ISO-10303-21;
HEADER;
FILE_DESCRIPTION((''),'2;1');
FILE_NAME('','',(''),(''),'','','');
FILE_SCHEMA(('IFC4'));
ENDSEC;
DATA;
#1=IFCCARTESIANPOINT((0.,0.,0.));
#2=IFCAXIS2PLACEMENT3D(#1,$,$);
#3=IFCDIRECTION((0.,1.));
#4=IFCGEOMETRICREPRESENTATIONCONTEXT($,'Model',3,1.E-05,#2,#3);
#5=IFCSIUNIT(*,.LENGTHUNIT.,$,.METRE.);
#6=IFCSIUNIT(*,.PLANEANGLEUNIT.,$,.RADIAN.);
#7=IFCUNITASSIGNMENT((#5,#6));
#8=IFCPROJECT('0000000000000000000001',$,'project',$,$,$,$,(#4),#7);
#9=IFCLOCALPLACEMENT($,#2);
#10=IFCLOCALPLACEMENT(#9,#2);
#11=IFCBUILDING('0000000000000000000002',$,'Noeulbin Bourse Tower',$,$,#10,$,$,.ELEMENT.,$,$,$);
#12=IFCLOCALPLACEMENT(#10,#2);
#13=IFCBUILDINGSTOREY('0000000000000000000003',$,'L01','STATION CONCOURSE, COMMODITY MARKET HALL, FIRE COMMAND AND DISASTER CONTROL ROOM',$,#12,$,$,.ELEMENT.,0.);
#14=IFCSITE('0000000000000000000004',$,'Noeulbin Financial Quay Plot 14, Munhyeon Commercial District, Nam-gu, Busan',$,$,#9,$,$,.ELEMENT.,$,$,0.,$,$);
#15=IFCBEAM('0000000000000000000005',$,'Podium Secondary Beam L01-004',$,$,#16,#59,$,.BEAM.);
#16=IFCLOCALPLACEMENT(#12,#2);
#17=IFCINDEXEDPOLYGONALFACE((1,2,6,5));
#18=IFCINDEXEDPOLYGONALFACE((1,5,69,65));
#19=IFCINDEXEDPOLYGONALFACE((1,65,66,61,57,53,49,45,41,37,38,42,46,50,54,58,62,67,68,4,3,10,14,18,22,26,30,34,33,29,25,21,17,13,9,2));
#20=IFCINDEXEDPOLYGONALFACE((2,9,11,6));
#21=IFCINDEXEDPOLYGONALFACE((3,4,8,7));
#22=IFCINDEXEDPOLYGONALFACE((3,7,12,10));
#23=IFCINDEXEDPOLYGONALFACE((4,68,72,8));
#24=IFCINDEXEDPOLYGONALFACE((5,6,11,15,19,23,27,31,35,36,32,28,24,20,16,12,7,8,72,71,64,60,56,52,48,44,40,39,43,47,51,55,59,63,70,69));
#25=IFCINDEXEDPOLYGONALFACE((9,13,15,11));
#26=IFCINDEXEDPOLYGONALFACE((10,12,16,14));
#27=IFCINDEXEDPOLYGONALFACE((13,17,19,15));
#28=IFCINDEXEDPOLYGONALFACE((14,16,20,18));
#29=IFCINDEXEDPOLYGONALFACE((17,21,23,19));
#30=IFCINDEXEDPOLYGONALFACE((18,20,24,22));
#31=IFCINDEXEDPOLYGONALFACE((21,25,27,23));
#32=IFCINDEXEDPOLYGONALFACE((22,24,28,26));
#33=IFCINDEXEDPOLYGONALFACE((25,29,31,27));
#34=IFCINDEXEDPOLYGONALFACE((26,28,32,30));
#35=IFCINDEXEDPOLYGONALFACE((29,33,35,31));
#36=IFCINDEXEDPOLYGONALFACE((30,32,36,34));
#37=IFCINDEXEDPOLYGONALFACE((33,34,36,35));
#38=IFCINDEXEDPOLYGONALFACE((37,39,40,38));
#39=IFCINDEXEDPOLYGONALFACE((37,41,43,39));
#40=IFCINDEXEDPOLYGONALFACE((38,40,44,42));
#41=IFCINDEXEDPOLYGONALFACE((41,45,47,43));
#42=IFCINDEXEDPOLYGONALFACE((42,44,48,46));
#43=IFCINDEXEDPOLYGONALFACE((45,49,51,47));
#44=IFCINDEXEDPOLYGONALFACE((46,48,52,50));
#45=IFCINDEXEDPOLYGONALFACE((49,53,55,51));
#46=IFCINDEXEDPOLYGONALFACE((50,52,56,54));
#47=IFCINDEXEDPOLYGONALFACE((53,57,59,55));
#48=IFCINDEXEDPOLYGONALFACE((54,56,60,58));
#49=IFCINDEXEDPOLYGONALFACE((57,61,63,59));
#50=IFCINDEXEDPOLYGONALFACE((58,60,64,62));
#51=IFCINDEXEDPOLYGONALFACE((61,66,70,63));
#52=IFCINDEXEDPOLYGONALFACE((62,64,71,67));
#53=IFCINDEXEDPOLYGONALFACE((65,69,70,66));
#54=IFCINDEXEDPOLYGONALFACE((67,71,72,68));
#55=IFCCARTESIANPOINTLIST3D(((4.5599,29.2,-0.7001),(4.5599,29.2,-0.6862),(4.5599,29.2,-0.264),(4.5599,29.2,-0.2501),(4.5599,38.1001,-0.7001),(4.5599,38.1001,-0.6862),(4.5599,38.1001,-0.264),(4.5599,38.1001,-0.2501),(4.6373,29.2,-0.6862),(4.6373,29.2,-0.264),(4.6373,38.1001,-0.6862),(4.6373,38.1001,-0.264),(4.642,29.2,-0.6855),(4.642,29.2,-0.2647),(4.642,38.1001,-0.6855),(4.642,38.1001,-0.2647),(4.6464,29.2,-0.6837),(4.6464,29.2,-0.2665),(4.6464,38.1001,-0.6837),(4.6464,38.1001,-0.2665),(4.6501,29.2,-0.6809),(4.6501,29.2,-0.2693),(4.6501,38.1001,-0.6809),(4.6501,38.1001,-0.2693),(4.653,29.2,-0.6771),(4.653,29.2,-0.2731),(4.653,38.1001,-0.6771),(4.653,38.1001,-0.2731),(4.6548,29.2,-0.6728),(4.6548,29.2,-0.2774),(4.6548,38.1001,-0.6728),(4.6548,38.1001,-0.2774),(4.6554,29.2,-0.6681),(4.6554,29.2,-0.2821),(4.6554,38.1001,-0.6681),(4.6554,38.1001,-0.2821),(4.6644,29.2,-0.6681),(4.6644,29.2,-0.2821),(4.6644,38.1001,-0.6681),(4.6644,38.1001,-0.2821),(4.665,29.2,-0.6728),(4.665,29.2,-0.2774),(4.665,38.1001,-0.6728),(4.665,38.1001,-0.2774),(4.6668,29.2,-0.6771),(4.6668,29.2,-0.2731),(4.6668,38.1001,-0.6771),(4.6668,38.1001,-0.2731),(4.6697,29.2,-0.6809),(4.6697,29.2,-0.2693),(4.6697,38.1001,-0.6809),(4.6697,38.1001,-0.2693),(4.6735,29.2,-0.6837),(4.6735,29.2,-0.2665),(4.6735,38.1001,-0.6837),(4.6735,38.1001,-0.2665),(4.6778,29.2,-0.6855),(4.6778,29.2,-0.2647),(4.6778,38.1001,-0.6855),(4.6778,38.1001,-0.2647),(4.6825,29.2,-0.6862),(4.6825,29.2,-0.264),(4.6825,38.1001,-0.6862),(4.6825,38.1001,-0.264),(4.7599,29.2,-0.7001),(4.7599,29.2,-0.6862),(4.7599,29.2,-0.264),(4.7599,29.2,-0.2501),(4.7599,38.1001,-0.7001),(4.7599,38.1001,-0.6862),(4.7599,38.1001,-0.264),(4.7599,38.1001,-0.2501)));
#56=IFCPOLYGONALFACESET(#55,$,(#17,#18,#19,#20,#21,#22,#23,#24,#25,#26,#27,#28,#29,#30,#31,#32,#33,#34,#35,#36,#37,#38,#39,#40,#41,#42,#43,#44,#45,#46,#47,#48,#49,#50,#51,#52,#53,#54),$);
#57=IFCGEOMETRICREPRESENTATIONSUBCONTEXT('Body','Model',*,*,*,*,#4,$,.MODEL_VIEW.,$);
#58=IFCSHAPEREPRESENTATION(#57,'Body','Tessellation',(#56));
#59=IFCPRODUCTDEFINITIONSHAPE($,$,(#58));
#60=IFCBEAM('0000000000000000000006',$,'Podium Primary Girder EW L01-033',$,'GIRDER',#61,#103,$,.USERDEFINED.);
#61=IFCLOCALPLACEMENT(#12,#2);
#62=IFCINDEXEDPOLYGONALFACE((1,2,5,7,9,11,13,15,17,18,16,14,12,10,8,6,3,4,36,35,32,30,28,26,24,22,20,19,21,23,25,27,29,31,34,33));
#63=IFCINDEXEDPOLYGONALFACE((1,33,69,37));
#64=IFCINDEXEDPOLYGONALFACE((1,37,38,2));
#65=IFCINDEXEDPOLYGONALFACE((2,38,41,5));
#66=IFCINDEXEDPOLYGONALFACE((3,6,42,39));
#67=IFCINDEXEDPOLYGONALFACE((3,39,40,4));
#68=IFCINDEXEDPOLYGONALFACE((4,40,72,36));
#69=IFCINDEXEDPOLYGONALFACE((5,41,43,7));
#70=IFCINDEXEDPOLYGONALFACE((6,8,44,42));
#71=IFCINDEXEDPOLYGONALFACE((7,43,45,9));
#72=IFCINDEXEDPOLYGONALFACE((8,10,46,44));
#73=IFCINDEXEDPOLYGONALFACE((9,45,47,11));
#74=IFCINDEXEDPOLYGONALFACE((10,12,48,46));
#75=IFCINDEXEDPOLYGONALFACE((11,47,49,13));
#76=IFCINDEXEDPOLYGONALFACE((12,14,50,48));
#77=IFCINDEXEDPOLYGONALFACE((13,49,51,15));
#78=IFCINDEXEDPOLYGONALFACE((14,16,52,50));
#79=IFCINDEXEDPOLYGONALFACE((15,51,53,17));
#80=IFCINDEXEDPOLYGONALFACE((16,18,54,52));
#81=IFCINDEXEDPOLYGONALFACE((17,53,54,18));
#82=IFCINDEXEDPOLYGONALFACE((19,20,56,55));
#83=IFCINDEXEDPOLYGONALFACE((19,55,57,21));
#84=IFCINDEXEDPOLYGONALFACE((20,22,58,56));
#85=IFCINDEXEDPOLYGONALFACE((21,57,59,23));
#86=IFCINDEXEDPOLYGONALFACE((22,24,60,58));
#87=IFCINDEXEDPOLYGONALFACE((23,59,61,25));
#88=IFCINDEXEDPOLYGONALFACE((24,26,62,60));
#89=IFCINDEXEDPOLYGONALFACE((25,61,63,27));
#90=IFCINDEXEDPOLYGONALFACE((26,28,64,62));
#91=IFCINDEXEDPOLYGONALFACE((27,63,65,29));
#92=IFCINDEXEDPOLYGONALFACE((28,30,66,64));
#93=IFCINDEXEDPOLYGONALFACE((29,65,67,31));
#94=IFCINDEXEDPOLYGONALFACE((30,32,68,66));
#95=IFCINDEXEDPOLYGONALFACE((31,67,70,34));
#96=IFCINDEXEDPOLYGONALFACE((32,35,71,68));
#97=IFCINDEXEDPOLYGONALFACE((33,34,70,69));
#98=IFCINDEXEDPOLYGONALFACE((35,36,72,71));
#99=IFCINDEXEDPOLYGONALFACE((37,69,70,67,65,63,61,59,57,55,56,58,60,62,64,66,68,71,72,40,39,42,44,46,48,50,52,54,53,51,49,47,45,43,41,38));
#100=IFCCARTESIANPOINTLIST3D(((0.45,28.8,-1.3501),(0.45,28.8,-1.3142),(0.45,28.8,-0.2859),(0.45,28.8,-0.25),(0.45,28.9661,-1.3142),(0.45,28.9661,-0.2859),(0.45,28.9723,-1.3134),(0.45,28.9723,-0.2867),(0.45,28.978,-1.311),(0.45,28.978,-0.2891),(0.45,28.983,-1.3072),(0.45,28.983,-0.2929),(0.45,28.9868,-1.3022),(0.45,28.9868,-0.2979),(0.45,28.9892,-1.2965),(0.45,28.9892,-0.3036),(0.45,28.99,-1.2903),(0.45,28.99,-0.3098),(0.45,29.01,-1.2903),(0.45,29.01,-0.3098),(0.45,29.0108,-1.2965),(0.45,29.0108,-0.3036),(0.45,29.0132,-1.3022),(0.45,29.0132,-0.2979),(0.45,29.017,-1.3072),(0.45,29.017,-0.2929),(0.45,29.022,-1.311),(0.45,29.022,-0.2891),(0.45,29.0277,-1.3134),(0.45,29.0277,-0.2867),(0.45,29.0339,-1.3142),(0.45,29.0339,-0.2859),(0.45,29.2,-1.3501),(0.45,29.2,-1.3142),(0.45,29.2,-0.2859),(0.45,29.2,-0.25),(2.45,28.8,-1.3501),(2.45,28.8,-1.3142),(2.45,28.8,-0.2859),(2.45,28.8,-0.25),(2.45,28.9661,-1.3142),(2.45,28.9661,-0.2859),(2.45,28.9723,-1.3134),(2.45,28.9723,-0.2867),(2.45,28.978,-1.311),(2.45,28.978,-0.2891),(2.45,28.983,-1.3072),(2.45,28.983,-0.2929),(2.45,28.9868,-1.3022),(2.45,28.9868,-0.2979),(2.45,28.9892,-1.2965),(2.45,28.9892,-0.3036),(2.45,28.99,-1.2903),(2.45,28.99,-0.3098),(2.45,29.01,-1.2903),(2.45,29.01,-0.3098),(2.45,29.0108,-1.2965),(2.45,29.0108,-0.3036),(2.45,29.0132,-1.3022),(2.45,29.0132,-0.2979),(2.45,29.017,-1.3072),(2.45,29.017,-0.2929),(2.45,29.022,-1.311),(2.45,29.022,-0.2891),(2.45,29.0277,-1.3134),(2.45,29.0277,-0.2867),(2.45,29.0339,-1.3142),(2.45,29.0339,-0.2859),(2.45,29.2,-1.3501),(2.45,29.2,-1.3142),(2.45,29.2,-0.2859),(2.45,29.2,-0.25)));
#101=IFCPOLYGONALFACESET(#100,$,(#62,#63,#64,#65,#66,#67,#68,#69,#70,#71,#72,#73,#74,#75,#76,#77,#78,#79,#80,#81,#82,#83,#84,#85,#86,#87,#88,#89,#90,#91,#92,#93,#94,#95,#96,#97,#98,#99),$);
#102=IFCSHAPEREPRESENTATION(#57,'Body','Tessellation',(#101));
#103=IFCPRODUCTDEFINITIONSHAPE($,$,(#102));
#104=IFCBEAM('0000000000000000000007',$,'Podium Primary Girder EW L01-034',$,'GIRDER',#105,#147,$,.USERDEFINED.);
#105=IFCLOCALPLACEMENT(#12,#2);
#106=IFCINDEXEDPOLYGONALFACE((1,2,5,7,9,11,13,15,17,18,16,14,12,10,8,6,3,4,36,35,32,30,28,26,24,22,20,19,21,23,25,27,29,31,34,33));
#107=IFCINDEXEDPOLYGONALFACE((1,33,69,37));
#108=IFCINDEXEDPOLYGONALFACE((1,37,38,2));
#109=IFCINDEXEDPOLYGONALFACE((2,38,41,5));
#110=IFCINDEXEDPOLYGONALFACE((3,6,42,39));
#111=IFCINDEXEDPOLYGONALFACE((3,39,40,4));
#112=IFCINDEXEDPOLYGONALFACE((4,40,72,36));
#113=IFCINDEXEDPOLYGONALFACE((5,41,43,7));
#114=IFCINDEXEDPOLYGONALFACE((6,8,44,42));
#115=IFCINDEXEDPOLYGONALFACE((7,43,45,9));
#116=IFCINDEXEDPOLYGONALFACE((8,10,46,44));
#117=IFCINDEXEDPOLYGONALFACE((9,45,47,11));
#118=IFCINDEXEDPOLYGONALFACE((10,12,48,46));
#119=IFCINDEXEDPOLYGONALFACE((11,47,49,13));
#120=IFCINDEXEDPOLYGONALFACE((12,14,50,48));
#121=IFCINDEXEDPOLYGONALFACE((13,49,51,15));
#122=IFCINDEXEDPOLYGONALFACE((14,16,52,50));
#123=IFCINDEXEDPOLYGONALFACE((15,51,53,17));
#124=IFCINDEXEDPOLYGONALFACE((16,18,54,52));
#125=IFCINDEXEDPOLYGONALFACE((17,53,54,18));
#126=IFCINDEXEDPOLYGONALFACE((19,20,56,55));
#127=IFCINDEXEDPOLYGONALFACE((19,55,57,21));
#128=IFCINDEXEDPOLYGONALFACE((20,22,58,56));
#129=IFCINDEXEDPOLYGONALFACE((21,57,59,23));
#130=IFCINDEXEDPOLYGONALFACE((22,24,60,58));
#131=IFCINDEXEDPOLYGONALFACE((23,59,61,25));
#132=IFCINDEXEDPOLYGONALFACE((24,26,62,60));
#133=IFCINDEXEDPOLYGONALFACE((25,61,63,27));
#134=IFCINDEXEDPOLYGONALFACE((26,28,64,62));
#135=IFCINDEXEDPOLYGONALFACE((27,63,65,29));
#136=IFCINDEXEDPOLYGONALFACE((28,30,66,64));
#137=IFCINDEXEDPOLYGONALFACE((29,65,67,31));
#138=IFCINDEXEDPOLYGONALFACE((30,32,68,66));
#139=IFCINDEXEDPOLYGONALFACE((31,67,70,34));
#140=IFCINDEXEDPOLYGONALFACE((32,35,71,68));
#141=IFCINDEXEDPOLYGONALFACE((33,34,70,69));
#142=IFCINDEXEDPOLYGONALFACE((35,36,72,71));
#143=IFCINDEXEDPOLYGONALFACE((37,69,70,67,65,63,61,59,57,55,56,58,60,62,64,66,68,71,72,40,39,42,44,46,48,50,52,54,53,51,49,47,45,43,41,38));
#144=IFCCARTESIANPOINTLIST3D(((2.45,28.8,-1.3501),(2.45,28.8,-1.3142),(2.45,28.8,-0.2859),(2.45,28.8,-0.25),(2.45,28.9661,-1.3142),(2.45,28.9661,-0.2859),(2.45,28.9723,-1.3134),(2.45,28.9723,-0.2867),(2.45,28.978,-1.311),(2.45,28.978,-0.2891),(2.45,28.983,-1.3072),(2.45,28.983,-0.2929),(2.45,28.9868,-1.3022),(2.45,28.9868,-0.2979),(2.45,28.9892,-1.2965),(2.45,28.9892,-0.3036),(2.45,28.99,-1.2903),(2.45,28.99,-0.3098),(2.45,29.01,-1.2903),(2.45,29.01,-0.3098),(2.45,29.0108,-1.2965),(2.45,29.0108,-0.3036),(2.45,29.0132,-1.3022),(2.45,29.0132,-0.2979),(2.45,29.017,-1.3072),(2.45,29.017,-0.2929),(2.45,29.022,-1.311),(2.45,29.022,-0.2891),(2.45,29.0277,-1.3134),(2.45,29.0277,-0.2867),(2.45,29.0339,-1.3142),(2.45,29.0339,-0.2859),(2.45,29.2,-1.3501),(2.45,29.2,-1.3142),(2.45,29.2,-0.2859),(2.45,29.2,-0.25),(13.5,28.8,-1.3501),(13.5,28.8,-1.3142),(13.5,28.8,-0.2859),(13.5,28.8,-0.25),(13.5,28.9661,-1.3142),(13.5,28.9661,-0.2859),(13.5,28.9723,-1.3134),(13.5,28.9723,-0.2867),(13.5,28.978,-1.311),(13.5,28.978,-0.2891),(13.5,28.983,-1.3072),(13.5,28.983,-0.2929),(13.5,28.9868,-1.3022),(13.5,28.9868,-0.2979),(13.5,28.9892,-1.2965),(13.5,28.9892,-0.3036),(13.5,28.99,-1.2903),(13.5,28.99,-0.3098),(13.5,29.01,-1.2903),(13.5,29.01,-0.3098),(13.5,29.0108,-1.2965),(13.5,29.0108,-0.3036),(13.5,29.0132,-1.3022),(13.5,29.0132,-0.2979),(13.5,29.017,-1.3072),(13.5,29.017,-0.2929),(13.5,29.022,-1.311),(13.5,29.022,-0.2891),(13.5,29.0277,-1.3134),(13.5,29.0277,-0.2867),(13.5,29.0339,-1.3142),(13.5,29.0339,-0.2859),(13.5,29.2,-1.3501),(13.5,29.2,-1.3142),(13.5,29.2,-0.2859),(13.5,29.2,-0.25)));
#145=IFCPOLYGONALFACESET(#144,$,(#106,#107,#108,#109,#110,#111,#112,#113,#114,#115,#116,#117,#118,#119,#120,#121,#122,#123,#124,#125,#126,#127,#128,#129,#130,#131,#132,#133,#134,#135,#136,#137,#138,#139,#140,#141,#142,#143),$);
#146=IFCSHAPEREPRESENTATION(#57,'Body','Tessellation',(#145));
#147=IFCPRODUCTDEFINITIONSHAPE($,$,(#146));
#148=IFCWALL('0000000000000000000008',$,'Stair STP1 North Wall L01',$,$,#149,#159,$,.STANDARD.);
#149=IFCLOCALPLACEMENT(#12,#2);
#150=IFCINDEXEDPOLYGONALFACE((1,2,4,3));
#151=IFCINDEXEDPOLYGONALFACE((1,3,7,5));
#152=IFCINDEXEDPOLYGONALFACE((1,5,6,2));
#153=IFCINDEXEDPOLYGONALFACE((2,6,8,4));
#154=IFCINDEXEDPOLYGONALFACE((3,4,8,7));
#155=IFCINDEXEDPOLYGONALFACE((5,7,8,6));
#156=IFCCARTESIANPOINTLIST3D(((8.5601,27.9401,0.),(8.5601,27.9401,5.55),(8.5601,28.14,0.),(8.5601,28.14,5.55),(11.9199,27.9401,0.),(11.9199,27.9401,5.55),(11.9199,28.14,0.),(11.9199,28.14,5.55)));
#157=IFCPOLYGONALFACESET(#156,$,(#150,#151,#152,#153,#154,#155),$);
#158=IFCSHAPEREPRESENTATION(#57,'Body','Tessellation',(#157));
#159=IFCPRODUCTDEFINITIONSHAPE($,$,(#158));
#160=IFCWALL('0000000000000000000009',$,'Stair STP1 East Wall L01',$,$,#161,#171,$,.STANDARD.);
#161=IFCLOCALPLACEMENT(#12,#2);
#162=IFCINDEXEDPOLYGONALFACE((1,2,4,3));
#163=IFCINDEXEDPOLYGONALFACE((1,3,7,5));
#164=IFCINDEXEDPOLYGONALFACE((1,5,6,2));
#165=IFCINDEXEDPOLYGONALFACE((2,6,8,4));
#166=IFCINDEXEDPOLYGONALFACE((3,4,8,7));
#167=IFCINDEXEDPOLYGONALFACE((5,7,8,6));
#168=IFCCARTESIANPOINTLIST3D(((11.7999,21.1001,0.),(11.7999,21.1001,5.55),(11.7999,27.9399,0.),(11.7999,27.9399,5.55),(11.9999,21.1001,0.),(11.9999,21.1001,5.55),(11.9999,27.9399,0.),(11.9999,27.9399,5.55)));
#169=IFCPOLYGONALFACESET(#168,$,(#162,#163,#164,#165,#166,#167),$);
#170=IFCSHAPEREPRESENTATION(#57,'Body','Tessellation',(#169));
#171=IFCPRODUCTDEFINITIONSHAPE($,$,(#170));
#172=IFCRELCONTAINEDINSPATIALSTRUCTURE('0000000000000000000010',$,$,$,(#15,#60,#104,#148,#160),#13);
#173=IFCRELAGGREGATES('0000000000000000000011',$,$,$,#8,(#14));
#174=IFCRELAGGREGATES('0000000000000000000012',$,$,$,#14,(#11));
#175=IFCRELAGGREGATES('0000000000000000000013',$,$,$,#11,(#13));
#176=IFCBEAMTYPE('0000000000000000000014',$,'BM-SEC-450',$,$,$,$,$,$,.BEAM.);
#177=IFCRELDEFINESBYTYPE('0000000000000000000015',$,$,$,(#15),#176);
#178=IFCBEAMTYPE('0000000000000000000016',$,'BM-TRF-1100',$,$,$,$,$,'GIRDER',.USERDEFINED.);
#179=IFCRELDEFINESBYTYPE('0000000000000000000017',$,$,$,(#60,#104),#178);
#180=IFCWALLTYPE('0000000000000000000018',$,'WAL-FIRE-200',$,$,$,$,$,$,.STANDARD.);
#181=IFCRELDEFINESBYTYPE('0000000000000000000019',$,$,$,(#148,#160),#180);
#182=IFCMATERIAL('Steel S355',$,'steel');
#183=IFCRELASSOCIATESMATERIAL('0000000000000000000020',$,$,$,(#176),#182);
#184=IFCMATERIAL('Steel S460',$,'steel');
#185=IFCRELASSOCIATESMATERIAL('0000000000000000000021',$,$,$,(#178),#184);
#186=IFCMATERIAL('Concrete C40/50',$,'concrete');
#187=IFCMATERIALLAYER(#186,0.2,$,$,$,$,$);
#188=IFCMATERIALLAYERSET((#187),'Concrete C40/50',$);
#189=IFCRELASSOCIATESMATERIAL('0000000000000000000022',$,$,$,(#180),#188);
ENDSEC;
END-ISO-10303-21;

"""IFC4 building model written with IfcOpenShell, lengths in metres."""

from ifc_helpers import new_model, si_unit, direction, frame, frame_2d, origin, origin_2d, place, context, subcontext, project, spatial, rectangle, i_section, extrude, material, layer, layer_set, material_profile, profile_set, type_object, element, save


model = new_model("IFC4")

# Units and contexts
model_context = context("Model", 3, precision=1e-05, world=origin(), true_north=direction((0.0, 1.0)))
body_context = subcontext(model_context, "Body", "Model", "MODEL_VIEW")
ifc_project = project(units=[si_unit("LENGTHUNIT", "METRE"), si_unit("PLANEANGLEUNIT", "RADIAN")], contexts=[model_context])

# Site, building, storey
site_placement = place(None, origin())
site = spatial("IfcSite", under=ifc_project, at=site_placement, Name="Noeulbin Financial Quay Plot 14, Munhyeon Commercial District, Nam-gu, Busan", CompositionType="ELEMENT", RefElevation=0.0)
building_placement = place(site_placement, origin())
building = spatial("IfcBuilding", under=site, at=building_placement, Name="Noeulbin Bourse Tower", CompositionType="ELEMENT")
storey_placement = place(building_placement, origin())
storey = spatial("IfcBuildingStorey", under=building, at=storey_placement, Name="L01", Description="STATION CONCOURSE, COMMODITY MARKET HALL, FIRE COMMAND AND DISASTER CONTROL ROOM", CompositionType="ELEMENT", Elevation=0.0)

# Beams
ifc_material_1 = material(Name="Steel S355", Category="steel")
ifc_material_profile_1 = material_profile(ifc_material_1, i_section(OverallWidth=0.2, OverallDepth=0.45, WebThickness=0.009, FlangeThickness=0.0139, FilletRadius=0.0181, at=origin_2d()), Name="H-450x200x9x14", Category="LoadBearing")
ifc_profile_set_1 = profile_set([ifc_material_profile_1], Name="Steel S355")
beam_type_1 = type_object("IfcBeamType", Name="BM-SEC-450", PredefinedType="BEAM", material=ifc_profile_set_1)
beam_1_placement = place(storey_placement, frame((4.6599, 29.2, -0.4751), z_axis=(0.0, 1.0, 0.0), x_axis=(-1.0, 0.0, 0.0)))
element("IfcBeam", 1, at=beam_1_placement, inside=storey, type_object=beam_type_1, Name="Podium Secondary Beam L01-004", PredefinedType="BEAM", context=body_context, shape_type="SweptSolid", body=[
    extrude(i_section(OverallWidth=0.2, OverallDepth=0.45, WebThickness=0.009, FlangeThickness=0.0139, FilletRadius=0.0181, at=origin_2d()), origin(), (0.0, 0.0, 1.0), 8.9001),
])
ifc_material_2 = material(Name="Steel S460", Category="steel")
ifc_material_profile_2 = material_profile(ifc_material_2, i_section(OverallWidth=0.3999, OverallDepth=1.1001, WebThickness=0.02, FlangeThickness=0.0359, FilletRadius=0.0239, at=origin_2d()), Name="PG-1100x400x20x36", Category="LoadBearing")
ifc_profile_set_2 = profile_set([ifc_material_profile_2], Name="Steel S460")
beam_type_2 = type_object("IfcBeamType", Name="BM-TRF-1100", ElementType="GIRDER", PredefinedType="USERDEFINED", material=ifc_profile_set_2)
beam_2_placement = place(storey_placement, frame((0.45, 29.0, -0.8), z_axis=(1.0, 0.0, 0.0), x_axis=(0.0, 1.0, 0.0)))
element("IfcBeam", 2, at=beam_2_placement, inside=storey, type_object=beam_type_2, Name="Podium Primary Girder EW L01-033", ObjectType="GIRDER", PredefinedType="USERDEFINED", context=body_context, shape_type="SweptSolid", body=[
    extrude(i_section(OverallWidth=0.3999, OverallDepth=1.1001, WebThickness=0.02, FlangeThickness=0.0359, FilletRadius=0.0239, at=origin_2d()), origin(), (0.0, 0.0, 1.0), 2.0),
])
beam_3_placement = place(storey_placement, frame((2.45, 29.0, -0.8), z_axis=(1.0, 0.0, 0.0), x_axis=(0.0, 1.0, 0.0)))
element("IfcBeam", 3, at=beam_3_placement, inside=storey, type_object=beam_type_2, Name="Podium Primary Girder EW L01-034", ObjectType="GIRDER", PredefinedType="USERDEFINED", context=body_context, shape_type="SweptSolid", body=[
    extrude(i_section(OverallWidth=0.3999, OverallDepth=1.1001, WebThickness=0.02, FlangeThickness=0.0359, FilletRadius=0.0239, at=origin_2d()), origin(), (0.0, 0.0, 1.0), 11.05),
])

# Walls
ifc_material_3 = material(Name="Concrete C40/50", Category="concrete")
ifc_layer_1 = layer(ifc_material_3, 0.2)
ifc_layer_set_1 = layer_set([ifc_layer_1], Name="Concrete C40/50")
wall_type_1 = type_object("IfcWallType", Name="WAL-FIRE-200", PredefinedType="STANDARD", material=ifc_layer_set_1)
wall_1_placement = place(storey_placement, frame((8.5601, 28.04, 0.0), z_axis=(0.0, 0.0, 1.0), x_axis=(1.0, 0.0, 0.0)))
element("IfcWall", 4, at=wall_1_placement, inside=storey, type_object=wall_type_1, Name="Stair STP1 North Wall L01", PredefinedType="STANDARD", context=body_context, shape_type="SweptSolid", body=[
    extrude(rectangle(XDim=3.3599, YDim=0.2, at=frame_2d((1.6799, 0.0))), origin(), (0.0, 0.0, 1.0), 5.55),
])
wall_2_placement = place(storey_placement, frame((11.8999, 21.1001, 0.0), z_axis=(0.0, 0.0, 1.0), x_axis=(0.0, 1.0, 0.0)))
element("IfcWall", 5, at=wall_2_placement, inside=storey, type_object=wall_type_1, Name="Stair STP1 East Wall L01", PredefinedType="STANDARD", context=body_context, shape_type="SweptSolid", body=[
    extrude(rectangle(XDim=6.8398, YDim=0.2, at=frame_2d((3.4199, 0.0))), origin(), (0.0, 0.0, 1.0), 5.55),
])

save(model, "model.ifc")
